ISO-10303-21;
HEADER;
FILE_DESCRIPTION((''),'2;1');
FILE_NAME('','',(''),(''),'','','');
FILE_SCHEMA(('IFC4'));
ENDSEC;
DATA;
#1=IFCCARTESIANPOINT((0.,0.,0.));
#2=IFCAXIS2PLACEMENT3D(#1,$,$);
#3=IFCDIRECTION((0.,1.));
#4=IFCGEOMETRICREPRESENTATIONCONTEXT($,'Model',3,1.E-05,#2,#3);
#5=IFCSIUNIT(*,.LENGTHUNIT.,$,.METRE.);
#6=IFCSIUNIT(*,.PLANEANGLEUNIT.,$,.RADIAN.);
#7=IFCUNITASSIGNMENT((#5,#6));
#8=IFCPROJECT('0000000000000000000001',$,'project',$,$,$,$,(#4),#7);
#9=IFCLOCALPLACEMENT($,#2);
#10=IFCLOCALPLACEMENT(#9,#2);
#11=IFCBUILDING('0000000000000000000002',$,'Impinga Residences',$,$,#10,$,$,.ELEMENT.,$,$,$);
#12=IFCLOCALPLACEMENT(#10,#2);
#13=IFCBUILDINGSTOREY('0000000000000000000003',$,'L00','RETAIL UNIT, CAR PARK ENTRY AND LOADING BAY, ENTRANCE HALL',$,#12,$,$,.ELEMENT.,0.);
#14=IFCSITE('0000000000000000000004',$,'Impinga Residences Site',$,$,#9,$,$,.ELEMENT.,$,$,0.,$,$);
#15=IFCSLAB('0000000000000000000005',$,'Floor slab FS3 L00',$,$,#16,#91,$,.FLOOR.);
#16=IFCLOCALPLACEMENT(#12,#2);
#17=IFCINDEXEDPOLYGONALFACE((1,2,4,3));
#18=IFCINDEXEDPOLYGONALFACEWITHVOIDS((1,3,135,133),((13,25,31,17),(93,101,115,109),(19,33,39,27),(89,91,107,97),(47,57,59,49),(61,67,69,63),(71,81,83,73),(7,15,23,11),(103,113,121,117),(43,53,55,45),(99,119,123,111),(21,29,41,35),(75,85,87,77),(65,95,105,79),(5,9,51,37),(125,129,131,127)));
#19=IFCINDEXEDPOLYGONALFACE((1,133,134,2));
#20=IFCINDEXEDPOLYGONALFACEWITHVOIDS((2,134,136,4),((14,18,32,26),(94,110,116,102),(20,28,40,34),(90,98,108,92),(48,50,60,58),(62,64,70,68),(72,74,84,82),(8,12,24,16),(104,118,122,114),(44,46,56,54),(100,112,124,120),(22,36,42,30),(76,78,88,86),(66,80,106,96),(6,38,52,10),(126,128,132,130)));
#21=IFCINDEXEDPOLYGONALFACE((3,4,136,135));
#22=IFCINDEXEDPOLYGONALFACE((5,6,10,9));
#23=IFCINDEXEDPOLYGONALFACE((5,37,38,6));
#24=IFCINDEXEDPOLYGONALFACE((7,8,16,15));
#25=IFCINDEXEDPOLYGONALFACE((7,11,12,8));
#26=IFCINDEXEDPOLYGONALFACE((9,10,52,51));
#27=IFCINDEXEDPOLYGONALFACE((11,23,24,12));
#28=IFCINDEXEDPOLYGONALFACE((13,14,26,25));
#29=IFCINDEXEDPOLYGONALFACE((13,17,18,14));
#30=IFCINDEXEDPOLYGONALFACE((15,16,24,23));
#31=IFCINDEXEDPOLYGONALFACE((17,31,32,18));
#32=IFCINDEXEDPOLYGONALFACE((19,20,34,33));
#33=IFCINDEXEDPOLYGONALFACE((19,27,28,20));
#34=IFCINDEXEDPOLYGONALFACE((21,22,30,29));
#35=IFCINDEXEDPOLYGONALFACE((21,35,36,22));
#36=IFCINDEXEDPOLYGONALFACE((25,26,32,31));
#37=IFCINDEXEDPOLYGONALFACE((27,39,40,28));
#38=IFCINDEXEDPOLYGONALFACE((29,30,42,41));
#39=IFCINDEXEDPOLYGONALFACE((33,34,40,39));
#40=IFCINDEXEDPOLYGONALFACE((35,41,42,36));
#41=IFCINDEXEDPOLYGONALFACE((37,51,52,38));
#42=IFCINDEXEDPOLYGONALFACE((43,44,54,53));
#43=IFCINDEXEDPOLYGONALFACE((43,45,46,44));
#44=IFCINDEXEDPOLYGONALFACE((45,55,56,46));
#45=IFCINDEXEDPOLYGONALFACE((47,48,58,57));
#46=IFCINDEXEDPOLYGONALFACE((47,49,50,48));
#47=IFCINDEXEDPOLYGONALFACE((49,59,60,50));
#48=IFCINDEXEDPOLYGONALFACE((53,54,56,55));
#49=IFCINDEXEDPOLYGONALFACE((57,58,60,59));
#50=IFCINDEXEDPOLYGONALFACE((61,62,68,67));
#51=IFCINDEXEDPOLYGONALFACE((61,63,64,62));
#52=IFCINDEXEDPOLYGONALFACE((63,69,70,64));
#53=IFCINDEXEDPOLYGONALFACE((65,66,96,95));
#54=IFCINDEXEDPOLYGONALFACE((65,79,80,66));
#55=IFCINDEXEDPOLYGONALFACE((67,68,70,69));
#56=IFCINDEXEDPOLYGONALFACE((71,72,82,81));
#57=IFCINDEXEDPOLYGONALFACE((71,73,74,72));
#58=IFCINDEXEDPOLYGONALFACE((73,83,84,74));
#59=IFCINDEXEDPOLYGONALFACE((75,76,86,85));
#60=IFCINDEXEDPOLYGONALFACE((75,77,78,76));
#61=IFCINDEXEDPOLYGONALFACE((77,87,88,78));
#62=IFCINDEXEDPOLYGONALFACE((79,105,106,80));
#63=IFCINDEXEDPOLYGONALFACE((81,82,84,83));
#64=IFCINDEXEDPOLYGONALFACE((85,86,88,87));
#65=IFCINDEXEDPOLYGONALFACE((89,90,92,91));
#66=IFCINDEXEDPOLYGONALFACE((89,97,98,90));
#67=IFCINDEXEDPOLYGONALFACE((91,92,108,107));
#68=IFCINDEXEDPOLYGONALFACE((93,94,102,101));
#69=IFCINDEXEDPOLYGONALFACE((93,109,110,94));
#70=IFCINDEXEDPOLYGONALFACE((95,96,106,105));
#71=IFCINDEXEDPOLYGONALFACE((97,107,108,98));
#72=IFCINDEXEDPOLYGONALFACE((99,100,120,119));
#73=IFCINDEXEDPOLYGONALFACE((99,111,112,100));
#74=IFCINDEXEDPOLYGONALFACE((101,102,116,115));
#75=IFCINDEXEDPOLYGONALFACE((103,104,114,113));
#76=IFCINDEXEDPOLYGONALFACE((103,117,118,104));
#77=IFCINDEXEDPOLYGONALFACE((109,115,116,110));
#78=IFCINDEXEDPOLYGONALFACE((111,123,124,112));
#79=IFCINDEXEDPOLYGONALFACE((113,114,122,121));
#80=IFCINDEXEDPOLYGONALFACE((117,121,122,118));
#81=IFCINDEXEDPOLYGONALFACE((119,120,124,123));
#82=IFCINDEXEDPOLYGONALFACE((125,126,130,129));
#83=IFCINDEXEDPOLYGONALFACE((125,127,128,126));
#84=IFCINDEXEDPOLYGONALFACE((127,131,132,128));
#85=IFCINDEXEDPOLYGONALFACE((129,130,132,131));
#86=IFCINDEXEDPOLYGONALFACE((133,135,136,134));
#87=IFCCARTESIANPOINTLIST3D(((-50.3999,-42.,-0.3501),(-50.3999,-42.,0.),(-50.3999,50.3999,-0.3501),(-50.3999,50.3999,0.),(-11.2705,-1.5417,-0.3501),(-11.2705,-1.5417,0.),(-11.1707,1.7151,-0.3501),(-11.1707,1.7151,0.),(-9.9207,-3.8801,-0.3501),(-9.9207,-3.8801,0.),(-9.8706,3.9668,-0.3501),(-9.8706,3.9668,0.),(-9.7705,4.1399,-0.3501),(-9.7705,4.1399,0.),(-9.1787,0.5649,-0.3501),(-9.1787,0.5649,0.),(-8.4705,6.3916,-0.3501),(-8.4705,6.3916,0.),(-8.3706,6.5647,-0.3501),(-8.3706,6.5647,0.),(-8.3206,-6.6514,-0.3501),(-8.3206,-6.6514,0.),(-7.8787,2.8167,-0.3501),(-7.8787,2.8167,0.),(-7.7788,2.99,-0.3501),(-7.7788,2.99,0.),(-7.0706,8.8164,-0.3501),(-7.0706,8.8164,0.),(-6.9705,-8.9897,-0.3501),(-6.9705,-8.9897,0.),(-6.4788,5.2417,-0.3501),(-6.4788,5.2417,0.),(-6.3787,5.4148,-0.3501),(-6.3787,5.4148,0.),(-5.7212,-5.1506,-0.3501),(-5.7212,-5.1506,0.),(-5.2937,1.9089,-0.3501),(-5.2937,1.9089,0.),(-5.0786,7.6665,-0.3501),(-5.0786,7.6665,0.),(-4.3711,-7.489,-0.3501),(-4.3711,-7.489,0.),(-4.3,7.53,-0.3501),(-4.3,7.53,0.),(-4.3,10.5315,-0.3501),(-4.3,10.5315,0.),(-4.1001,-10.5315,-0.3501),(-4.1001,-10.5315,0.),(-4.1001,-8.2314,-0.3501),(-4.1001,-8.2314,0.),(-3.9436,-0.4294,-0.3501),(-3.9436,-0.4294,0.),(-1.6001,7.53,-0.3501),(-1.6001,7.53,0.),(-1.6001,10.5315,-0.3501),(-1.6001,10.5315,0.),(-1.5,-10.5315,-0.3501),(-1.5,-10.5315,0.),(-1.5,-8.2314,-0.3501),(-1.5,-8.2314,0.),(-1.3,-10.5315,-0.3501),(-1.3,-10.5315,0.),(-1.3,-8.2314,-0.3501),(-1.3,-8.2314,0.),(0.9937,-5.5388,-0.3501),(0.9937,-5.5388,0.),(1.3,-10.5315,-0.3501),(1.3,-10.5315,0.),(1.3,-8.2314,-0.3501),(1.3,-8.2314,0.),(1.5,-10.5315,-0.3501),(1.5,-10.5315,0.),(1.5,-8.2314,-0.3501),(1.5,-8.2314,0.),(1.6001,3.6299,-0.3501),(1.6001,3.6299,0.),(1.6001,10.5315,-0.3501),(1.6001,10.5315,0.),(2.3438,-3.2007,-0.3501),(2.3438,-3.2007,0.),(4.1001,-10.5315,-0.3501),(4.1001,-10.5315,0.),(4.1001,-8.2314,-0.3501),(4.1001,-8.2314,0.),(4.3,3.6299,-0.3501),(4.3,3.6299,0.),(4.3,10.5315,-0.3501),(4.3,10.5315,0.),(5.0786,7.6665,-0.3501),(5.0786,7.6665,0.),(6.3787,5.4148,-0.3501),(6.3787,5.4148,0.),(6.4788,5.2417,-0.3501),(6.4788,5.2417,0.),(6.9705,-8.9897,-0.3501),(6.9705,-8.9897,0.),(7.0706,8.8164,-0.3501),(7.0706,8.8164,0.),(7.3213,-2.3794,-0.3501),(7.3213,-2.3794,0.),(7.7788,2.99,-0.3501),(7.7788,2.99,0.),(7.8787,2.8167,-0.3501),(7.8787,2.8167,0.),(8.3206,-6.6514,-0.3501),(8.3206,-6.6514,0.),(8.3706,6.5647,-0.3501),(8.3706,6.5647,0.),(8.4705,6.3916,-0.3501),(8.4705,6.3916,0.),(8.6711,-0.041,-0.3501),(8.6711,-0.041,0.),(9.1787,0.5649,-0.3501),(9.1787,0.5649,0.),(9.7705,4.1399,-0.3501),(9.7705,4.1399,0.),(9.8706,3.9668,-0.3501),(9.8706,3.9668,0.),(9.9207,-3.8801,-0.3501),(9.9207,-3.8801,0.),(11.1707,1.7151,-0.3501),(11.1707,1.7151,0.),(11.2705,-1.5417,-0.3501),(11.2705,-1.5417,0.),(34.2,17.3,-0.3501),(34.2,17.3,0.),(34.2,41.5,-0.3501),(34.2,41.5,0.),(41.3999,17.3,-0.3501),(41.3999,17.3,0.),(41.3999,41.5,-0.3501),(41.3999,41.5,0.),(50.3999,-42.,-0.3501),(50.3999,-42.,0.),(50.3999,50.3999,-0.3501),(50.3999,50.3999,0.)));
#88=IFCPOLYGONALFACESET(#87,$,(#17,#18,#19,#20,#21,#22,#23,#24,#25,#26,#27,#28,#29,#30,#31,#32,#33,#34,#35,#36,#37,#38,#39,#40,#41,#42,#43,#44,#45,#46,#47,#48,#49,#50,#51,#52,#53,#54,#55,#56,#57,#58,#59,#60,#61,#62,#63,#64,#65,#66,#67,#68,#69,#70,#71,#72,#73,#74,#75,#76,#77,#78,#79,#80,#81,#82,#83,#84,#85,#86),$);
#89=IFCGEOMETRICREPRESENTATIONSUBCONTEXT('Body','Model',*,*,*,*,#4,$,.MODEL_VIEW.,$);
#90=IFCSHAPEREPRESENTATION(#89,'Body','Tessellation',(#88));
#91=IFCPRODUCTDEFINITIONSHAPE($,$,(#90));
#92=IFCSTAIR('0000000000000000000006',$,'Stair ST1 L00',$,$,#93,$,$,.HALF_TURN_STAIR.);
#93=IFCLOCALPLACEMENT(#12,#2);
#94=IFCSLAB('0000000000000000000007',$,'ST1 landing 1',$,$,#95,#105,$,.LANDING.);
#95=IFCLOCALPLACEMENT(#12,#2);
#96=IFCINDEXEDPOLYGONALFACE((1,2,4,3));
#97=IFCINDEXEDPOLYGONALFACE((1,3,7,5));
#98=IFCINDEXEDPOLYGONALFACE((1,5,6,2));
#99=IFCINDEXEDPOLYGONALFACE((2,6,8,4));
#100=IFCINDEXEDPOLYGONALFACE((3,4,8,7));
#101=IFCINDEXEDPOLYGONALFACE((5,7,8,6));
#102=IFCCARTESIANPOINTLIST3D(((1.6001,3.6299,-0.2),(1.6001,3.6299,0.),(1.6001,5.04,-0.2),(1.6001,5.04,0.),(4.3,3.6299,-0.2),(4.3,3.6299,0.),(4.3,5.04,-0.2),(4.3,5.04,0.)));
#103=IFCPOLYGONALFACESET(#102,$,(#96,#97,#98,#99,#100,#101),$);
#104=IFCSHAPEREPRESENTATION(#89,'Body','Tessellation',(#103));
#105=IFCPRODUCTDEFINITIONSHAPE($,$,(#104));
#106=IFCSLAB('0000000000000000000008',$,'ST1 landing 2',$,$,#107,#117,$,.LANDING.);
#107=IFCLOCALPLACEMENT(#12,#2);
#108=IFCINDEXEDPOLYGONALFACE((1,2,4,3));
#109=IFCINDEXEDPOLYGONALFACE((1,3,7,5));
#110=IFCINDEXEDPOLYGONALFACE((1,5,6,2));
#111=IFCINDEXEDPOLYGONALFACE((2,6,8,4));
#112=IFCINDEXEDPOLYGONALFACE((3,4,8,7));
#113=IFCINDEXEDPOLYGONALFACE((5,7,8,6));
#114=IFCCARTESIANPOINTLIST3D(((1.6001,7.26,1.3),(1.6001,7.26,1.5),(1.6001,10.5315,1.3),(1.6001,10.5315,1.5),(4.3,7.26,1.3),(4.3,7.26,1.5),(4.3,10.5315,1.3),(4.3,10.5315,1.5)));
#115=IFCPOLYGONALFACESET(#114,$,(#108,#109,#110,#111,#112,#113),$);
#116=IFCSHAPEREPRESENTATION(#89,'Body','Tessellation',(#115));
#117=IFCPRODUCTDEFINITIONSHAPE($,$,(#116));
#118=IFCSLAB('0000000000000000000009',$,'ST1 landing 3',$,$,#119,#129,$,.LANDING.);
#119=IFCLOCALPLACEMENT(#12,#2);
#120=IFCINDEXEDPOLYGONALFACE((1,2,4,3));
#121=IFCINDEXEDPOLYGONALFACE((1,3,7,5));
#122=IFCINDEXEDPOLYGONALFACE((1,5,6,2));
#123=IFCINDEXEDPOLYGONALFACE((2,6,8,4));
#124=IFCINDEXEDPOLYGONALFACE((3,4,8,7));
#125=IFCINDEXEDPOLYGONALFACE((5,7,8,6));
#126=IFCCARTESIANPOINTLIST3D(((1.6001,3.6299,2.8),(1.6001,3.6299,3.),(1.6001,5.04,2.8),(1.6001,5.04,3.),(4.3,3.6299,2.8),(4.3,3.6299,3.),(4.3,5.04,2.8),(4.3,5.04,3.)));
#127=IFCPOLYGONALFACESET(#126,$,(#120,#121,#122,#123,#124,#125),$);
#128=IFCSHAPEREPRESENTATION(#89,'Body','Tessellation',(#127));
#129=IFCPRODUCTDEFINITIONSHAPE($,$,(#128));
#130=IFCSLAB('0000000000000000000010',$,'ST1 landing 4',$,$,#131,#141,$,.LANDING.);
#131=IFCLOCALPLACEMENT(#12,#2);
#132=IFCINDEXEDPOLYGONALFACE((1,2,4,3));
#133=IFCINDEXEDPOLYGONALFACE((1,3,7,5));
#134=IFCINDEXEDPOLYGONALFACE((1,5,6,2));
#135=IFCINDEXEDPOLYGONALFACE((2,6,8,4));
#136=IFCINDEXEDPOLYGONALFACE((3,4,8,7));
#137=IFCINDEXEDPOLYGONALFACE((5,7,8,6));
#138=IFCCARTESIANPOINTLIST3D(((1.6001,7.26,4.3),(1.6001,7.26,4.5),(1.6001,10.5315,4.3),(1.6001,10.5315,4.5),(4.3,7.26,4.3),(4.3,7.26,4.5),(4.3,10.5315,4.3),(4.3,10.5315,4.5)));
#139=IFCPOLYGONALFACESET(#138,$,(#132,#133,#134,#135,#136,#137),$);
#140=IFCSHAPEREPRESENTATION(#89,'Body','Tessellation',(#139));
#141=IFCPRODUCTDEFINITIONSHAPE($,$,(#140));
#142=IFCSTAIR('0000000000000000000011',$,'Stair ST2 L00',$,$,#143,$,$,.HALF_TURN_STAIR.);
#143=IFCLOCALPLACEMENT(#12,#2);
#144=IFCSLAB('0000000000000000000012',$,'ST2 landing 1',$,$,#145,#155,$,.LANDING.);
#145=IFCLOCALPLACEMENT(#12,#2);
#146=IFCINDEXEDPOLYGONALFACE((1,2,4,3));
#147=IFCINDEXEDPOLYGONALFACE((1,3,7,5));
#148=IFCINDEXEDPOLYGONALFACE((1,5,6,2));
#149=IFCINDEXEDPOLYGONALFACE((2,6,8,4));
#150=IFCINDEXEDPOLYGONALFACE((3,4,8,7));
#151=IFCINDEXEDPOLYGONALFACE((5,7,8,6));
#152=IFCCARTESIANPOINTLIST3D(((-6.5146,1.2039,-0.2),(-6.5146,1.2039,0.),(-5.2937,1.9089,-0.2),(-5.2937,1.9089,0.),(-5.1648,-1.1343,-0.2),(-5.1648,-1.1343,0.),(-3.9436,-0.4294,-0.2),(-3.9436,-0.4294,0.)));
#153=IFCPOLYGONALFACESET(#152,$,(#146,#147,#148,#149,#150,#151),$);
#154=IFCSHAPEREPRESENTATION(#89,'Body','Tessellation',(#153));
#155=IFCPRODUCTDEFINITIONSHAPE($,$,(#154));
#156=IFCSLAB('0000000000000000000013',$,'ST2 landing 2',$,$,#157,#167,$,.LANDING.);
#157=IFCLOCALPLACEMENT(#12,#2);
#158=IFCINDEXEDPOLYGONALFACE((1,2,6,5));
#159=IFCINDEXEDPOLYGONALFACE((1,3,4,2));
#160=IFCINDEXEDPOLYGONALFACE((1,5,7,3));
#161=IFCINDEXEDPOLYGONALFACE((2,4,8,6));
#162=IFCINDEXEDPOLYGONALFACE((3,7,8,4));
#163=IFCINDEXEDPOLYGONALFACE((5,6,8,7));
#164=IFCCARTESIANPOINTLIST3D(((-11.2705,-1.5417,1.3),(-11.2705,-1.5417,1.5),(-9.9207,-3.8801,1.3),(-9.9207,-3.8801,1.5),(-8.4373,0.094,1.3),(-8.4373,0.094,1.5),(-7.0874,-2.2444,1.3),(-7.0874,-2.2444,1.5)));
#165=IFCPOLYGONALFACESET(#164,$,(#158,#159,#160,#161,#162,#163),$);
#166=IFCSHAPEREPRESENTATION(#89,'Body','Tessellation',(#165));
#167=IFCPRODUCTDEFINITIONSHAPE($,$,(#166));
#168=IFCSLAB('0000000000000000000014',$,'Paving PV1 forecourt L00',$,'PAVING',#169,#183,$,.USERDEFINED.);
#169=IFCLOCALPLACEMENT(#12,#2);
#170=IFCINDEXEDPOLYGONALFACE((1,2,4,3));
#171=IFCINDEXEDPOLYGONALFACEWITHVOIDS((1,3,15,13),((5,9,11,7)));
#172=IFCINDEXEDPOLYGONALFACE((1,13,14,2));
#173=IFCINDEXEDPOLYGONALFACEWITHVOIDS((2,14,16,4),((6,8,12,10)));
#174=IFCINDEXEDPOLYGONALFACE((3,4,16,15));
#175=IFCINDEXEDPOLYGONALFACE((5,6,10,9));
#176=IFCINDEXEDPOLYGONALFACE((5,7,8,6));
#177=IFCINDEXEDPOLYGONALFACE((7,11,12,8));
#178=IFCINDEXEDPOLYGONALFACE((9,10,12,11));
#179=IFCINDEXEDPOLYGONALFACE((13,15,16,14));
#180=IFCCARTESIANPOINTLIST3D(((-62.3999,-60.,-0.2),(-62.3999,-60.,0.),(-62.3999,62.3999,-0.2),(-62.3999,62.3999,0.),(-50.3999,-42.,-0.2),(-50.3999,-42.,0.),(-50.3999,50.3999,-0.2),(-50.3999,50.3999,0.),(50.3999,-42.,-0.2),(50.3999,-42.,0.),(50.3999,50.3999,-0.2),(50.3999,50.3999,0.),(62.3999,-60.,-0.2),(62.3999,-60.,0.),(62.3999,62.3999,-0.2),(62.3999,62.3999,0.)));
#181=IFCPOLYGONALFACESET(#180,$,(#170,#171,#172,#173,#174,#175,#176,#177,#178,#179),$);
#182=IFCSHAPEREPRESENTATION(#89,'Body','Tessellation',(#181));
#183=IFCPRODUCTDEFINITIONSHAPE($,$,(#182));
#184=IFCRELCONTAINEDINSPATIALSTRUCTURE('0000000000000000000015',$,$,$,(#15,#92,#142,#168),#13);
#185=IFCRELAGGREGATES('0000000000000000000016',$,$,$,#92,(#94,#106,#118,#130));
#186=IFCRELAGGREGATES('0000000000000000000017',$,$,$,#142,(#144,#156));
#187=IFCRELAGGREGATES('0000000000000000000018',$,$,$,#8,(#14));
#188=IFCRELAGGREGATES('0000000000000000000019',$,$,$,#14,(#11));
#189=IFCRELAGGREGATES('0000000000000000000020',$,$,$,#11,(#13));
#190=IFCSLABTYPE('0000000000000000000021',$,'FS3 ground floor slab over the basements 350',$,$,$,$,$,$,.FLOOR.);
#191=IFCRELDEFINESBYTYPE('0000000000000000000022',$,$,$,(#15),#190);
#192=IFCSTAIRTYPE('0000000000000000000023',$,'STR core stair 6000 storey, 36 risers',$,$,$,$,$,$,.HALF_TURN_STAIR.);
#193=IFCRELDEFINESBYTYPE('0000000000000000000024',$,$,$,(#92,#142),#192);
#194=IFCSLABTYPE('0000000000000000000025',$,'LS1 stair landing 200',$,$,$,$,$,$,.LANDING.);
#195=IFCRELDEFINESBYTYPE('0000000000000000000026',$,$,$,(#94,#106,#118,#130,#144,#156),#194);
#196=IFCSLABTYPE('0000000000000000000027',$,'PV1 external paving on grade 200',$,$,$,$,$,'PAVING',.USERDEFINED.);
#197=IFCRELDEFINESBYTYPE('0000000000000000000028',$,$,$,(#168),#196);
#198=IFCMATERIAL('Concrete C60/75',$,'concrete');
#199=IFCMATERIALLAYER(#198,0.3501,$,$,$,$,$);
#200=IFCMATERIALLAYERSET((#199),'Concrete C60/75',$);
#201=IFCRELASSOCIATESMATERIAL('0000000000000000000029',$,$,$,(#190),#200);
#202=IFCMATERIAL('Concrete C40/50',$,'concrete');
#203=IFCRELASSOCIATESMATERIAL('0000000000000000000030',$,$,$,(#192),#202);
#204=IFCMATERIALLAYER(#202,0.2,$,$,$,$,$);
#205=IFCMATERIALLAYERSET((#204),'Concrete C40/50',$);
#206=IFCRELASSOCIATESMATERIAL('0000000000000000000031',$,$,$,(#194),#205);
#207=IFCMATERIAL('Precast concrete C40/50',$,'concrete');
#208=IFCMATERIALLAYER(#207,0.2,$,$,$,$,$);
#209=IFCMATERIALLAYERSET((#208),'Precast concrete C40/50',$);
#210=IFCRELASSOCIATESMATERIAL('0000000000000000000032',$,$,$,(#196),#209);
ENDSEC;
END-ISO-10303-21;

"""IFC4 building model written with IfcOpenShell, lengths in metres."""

from ifc_helpers import new_model, si_unit, direction, frame, origin, place, context, subcontext, project, spatial, polyline, outline, extrude, material, layer, layer_set, type_object, element, aggregate, save


model = new_model("IFC4")

# Units and contexts
model_context = context("Model", 3, precision=1e-05, world=origin(), true_north=direction((0.0, 1.0)))
body_context = subcontext(model_context, "Body", "Model", "MODEL_VIEW")
ifc_project = project(units=[si_unit("LENGTHUNIT", "METRE"), si_unit("PLANEANGLEUNIT", "RADIAN")], contexts=[model_context])

# Site, building, storey
site_placement = place(None, origin())
site = spatial("IfcSite", under=ifc_project, at=site_placement, Name="Impinga Residences Site", CompositionType="ELEMENT", RefElevation=0.0)
building_placement = place(site_placement, origin())
building = spatial("IfcBuilding", under=site, at=building_placement, Name="Impinga Residences", CompositionType="ELEMENT")
storey_placement = place(building_placement, origin())
storey = spatial("IfcBuildingStorey", under=building, at=storey_placement, Name="L00", Description="RETAIL UNIT, CAR PARK ENTRY AND LOADING BAY, ENTRANCE HALL", CompositionType="ELEMENT", Elevation=0.0)

# Slab
ifc_material_1 = material(Name="Concrete C60/75", Category="concrete")
ifc_layer_1 = layer(ifc_material_1, 0.3501)
ifc_layer_set_1 = layer_set([ifc_layer_1], Name="Concrete C60/75")
slab_type_1 = type_object("IfcSlabType", Name="FS3 ground floor slab over the basements 350", PredefinedType="FLOOR", material=ifc_layer_set_1)
slab_1_placement = place(storey_placement, frame((0.0, 0.0, -0.3501)))
element("IfcSlab", 1, at=slab_1_placement, inside=storey, type_object=slab_type_1, Name="Floor slab FS3 L00", PredefinedType="FLOOR", context=body_context, shape_type="SweptSolid", body=[
    extrude(outline(polyline([(-50.3999, 50.3999), (50.3999, 50.3999), (50.3999, -42.0), (-50.3999, -42.0), (-50.3999, 50.3999)]), holes=[polyline([(-4.1001, -8.2314), (-4.1001, -10.5315), (-1.5, -10.5315), (-1.5, -8.2314), (-4.1001, -8.2314)]), polyline([(-1.3, -8.2314), (-1.3, -10.5315), (1.3, -10.5315), (1.3, -8.2314), (-1.3, -8.2314)]), polyline([(-5.7212, -5.1506), (-8.3206, -6.6514), (-6.9705, -8.9897), (-4.3711, -7.489), (-5.7212, -5.1506)]), polyline([(-5.2937, 1.9089), (-11.2705, -1.5417), (-9.9207, -3.8801), (-3.9436, -0.4294), (-5.2937, 1.9089)]), polyline([(-7.8787, 2.8167), (-9.8706, 3.9668), (-11.1707, 1.7151), (-9.1787, 0.5649), (-7.8787, 2.8167)]), polyline([(-6.4788, 5.2417), (-8.4705, 6.3916), (-9.7705, 4.1399), (-7.7788, 2.99), (-6.4788, 5.2417)]), polyline([(-5.0786, 7.6665), (-7.0706, 8.8164), (-8.3706, 6.5647), (-6.3787, 5.4148), (-5.0786, 7.6665)]), polyline([(-1.6001, 7.53), (-1.6001, 10.5315), (-4.3, 10.5315), (-4.3, 7.53), (-1.6001, 7.53)]), polyline([(1.5, -8.2314), (1.5, -10.5315), (4.1001, -10.5315), (4.1001, -8.2314), (1.5, -8.2314)]), polyline([(0.9937, -5.5388), (6.9705, -8.9897), (8.3206, -6.6514), (2.3438, -3.2007), (0.9937, -5.5388)]), polyline([(7.3213, -2.3794), (9.9207, -3.8801), (11.2705, -1.5417), (8.6711, -0.041), (7.3213, -2.3794)]), polyline([(9.1787, 0.5649), (11.1707, 1.7151), (9.8706, 3.9668), (7.8787, 2.8167), (9.1787, 0.5649)]), polyline([(7.7788, 2.99), (9.7705, 4.1399), (8.4705, 6.3916), (6.4788, 5.2417), (7.7788, 2.99)]), polyline([(4.3, 3.6299), (4.3, 10.5315), (1.6001, 10.5315), (1.6001, 3.6299), (4.3, 3.6299)]), polyline([(6.3787, 5.4148), (8.3706, 6.5647), (7.0706, 8.8164), (5.0786, 7.6665), (6.3787, 5.4148)]), polyline([(41.3999, 17.3), (41.3999, 41.5), (34.2, 41.5), (34.2, 17.3), (41.3999, 17.3)])]), origin(), (0.0, 0.0, 1.0), 0.3501),
])

# Stairs, slabs
ifc_material_2 = material(Name="Concrete C40/50", Category="concrete")
stair_type = type_object("IfcStairType", Name="STR core stair 6000 storey, 36 risers", PredefinedType="HALF_TURN_STAIR", material=ifc_material_2)
stair_1_placement = place(storey_placement, origin())
stair_1 = element("IfcStair", 2, at=stair_1_placement, inside=storey, type_object=stair_type, Name="Stair ST1 L00", PredefinedType="HALF_TURN_STAIR")
ifc_layer_2 = layer(ifc_material_2, 0.2)
ifc_layer_set_2 = layer_set([ifc_layer_2], Name="Concrete C40/50")
slab_type_2 = type_object("IfcSlabType", Name="LS1 stair landing 200", PredefinedType="LANDING", material=ifc_layer_set_2)
slab_2_placement = place(storey_placement, frame((0.0, 0.0, -0.2)))
slab_2 = element("IfcSlab", 3, at=slab_2_placement, type_object=slab_type_2, Name="ST1 landing 1", PredefinedType="LANDING", context=body_context, shape_type="SweptSolid", body=[
    extrude(outline(polyline([(1.6001, 3.6299), (4.3, 3.6299), (4.3, 5.04), (1.6001, 5.04), (1.6001, 3.6299)])), origin(), (0.0, 0.0, 1.0), 0.2),
])
slab_3_placement = place(storey_placement, frame((0.0, 0.0, 1.3)))
slab_3 = element("IfcSlab", 4, at=slab_3_placement, type_object=slab_type_2, Name="ST1 landing 2", PredefinedType="LANDING", context=body_context, shape_type="SweptSolid", body=[
    extrude(outline(polyline([(1.6001, 7.26), (4.3, 7.26), (4.3, 10.5315), (1.6001, 10.5315), (1.6001, 7.26)])), origin(), (0.0, 0.0, 1.0), 0.2),
])
slab_4_placement = place(storey_placement, frame((0.0, 0.0, 2.8)))
slab_4 = element("IfcSlab", 5, at=slab_4_placement, type_object=slab_type_2, Name="ST1 landing 3", PredefinedType="LANDING", context=body_context, shape_type="SweptSolid", body=[
    extrude(outline(polyline([(1.6001, 3.6299), (4.3, 3.6299), (4.3, 5.04), (1.6001, 5.04), (1.6001, 3.6299)])), origin(), (0.0, 0.0, 1.0), 0.2),
])
slab_5_placement = place(storey_placement, frame((0.0, 0.0, 4.3)))
slab_5 = element("IfcSlab", 6, at=slab_5_placement, type_object=slab_type_2, Name="ST1 landing 4", PredefinedType="LANDING", context=body_context, shape_type="SweptSolid", body=[
    extrude(outline(polyline([(1.6001, 7.26), (4.3, 7.26), (4.3, 10.5315), (1.6001, 10.5315), (1.6001, 7.26)])), origin(), (0.0, 0.0, 1.0), 0.2),
])
aggregate(stair_1, [slab_2, slab_3, slab_4, slab_5])
stair_2_placement = place(storey_placement, origin())
stair_2 = element("IfcStair", 7, at=stair_2_placement, inside=storey, type_object=stair_type, Name="Stair ST2 L00", PredefinedType="HALF_TURN_STAIR")
slab_6_placement = place(storey_placement, frame((0.0, 0.0, -0.2)))
slab_6 = element("IfcSlab", 8, at=slab_6_placement, type_object=slab_type_2, Name="ST2 landing 1", PredefinedType="LANDING", context=body_context, shape_type="SweptSolid", body=[
    extrude(outline(polyline([(-3.9436, -0.4294), (-5.2937, 1.9089), (-6.5146, 1.2039), (-5.1648, -1.1343), (-3.9436, -0.4294)])), origin(), (0.0, 0.0, 1.0), 0.2),
])
slab_7_placement = place(storey_placement, frame((0.0, 0.0, 1.3)))
slab_7 = element("IfcSlab", 9, at=slab_7_placement, type_object=slab_type_2, Name="ST2 landing 2", PredefinedType="LANDING", context=body_context, shape_type="SweptSolid", body=[
    extrude(outline(polyline([(-7.0874, -2.2444), (-8.4373, 0.094), (-11.2705, -1.5417), (-9.9207, -3.8801), (-7.0874, -2.2444)])), origin(), (0.0, 0.0, 1.0), 0.2),
])
aggregate(stair_2, [slab_6, slab_7])

# Slab
ifc_material_3 = material(Name="Precast concrete C40/50", Category="concrete")
ifc_layer_3 = layer(ifc_material_3, 0.2)
ifc_layer_set_3 = layer_set([ifc_layer_3], Name="Precast concrete C40/50")
slab_type_3 = type_object("IfcSlabType", Name="PV1 external paving on grade 200", ElementType="PAVING", PredefinedType="USERDEFINED", material=ifc_layer_set_3)
slab_8_placement = place(storey_placement, frame((0.0, 0.0, -0.2)))
element("IfcSlab", 10, at=slab_8_placement, inside=storey, type_object=slab_type_3, Name="Paving PV1 forecourt L00", ObjectType="PAVING", PredefinedType="USERDEFINED", context=body_context, shape_type="SweptSolid", body=[
    extrude(outline(polyline([(-62.3999, -60.0), (-62.3999, 62.3999), (62.3999, 62.3999), (62.3999, -60.0), (-62.3999, -60.0)]), holes=[polyline([(50.3999, -42.0), (50.3999, 50.3999), (-50.3999, 50.3999), (-50.3999, -42.0), (50.3999, -42.0)])]), origin(), (0.0, 0.0, 1.0), 0.2),
])

save(model, "model.ifc")
